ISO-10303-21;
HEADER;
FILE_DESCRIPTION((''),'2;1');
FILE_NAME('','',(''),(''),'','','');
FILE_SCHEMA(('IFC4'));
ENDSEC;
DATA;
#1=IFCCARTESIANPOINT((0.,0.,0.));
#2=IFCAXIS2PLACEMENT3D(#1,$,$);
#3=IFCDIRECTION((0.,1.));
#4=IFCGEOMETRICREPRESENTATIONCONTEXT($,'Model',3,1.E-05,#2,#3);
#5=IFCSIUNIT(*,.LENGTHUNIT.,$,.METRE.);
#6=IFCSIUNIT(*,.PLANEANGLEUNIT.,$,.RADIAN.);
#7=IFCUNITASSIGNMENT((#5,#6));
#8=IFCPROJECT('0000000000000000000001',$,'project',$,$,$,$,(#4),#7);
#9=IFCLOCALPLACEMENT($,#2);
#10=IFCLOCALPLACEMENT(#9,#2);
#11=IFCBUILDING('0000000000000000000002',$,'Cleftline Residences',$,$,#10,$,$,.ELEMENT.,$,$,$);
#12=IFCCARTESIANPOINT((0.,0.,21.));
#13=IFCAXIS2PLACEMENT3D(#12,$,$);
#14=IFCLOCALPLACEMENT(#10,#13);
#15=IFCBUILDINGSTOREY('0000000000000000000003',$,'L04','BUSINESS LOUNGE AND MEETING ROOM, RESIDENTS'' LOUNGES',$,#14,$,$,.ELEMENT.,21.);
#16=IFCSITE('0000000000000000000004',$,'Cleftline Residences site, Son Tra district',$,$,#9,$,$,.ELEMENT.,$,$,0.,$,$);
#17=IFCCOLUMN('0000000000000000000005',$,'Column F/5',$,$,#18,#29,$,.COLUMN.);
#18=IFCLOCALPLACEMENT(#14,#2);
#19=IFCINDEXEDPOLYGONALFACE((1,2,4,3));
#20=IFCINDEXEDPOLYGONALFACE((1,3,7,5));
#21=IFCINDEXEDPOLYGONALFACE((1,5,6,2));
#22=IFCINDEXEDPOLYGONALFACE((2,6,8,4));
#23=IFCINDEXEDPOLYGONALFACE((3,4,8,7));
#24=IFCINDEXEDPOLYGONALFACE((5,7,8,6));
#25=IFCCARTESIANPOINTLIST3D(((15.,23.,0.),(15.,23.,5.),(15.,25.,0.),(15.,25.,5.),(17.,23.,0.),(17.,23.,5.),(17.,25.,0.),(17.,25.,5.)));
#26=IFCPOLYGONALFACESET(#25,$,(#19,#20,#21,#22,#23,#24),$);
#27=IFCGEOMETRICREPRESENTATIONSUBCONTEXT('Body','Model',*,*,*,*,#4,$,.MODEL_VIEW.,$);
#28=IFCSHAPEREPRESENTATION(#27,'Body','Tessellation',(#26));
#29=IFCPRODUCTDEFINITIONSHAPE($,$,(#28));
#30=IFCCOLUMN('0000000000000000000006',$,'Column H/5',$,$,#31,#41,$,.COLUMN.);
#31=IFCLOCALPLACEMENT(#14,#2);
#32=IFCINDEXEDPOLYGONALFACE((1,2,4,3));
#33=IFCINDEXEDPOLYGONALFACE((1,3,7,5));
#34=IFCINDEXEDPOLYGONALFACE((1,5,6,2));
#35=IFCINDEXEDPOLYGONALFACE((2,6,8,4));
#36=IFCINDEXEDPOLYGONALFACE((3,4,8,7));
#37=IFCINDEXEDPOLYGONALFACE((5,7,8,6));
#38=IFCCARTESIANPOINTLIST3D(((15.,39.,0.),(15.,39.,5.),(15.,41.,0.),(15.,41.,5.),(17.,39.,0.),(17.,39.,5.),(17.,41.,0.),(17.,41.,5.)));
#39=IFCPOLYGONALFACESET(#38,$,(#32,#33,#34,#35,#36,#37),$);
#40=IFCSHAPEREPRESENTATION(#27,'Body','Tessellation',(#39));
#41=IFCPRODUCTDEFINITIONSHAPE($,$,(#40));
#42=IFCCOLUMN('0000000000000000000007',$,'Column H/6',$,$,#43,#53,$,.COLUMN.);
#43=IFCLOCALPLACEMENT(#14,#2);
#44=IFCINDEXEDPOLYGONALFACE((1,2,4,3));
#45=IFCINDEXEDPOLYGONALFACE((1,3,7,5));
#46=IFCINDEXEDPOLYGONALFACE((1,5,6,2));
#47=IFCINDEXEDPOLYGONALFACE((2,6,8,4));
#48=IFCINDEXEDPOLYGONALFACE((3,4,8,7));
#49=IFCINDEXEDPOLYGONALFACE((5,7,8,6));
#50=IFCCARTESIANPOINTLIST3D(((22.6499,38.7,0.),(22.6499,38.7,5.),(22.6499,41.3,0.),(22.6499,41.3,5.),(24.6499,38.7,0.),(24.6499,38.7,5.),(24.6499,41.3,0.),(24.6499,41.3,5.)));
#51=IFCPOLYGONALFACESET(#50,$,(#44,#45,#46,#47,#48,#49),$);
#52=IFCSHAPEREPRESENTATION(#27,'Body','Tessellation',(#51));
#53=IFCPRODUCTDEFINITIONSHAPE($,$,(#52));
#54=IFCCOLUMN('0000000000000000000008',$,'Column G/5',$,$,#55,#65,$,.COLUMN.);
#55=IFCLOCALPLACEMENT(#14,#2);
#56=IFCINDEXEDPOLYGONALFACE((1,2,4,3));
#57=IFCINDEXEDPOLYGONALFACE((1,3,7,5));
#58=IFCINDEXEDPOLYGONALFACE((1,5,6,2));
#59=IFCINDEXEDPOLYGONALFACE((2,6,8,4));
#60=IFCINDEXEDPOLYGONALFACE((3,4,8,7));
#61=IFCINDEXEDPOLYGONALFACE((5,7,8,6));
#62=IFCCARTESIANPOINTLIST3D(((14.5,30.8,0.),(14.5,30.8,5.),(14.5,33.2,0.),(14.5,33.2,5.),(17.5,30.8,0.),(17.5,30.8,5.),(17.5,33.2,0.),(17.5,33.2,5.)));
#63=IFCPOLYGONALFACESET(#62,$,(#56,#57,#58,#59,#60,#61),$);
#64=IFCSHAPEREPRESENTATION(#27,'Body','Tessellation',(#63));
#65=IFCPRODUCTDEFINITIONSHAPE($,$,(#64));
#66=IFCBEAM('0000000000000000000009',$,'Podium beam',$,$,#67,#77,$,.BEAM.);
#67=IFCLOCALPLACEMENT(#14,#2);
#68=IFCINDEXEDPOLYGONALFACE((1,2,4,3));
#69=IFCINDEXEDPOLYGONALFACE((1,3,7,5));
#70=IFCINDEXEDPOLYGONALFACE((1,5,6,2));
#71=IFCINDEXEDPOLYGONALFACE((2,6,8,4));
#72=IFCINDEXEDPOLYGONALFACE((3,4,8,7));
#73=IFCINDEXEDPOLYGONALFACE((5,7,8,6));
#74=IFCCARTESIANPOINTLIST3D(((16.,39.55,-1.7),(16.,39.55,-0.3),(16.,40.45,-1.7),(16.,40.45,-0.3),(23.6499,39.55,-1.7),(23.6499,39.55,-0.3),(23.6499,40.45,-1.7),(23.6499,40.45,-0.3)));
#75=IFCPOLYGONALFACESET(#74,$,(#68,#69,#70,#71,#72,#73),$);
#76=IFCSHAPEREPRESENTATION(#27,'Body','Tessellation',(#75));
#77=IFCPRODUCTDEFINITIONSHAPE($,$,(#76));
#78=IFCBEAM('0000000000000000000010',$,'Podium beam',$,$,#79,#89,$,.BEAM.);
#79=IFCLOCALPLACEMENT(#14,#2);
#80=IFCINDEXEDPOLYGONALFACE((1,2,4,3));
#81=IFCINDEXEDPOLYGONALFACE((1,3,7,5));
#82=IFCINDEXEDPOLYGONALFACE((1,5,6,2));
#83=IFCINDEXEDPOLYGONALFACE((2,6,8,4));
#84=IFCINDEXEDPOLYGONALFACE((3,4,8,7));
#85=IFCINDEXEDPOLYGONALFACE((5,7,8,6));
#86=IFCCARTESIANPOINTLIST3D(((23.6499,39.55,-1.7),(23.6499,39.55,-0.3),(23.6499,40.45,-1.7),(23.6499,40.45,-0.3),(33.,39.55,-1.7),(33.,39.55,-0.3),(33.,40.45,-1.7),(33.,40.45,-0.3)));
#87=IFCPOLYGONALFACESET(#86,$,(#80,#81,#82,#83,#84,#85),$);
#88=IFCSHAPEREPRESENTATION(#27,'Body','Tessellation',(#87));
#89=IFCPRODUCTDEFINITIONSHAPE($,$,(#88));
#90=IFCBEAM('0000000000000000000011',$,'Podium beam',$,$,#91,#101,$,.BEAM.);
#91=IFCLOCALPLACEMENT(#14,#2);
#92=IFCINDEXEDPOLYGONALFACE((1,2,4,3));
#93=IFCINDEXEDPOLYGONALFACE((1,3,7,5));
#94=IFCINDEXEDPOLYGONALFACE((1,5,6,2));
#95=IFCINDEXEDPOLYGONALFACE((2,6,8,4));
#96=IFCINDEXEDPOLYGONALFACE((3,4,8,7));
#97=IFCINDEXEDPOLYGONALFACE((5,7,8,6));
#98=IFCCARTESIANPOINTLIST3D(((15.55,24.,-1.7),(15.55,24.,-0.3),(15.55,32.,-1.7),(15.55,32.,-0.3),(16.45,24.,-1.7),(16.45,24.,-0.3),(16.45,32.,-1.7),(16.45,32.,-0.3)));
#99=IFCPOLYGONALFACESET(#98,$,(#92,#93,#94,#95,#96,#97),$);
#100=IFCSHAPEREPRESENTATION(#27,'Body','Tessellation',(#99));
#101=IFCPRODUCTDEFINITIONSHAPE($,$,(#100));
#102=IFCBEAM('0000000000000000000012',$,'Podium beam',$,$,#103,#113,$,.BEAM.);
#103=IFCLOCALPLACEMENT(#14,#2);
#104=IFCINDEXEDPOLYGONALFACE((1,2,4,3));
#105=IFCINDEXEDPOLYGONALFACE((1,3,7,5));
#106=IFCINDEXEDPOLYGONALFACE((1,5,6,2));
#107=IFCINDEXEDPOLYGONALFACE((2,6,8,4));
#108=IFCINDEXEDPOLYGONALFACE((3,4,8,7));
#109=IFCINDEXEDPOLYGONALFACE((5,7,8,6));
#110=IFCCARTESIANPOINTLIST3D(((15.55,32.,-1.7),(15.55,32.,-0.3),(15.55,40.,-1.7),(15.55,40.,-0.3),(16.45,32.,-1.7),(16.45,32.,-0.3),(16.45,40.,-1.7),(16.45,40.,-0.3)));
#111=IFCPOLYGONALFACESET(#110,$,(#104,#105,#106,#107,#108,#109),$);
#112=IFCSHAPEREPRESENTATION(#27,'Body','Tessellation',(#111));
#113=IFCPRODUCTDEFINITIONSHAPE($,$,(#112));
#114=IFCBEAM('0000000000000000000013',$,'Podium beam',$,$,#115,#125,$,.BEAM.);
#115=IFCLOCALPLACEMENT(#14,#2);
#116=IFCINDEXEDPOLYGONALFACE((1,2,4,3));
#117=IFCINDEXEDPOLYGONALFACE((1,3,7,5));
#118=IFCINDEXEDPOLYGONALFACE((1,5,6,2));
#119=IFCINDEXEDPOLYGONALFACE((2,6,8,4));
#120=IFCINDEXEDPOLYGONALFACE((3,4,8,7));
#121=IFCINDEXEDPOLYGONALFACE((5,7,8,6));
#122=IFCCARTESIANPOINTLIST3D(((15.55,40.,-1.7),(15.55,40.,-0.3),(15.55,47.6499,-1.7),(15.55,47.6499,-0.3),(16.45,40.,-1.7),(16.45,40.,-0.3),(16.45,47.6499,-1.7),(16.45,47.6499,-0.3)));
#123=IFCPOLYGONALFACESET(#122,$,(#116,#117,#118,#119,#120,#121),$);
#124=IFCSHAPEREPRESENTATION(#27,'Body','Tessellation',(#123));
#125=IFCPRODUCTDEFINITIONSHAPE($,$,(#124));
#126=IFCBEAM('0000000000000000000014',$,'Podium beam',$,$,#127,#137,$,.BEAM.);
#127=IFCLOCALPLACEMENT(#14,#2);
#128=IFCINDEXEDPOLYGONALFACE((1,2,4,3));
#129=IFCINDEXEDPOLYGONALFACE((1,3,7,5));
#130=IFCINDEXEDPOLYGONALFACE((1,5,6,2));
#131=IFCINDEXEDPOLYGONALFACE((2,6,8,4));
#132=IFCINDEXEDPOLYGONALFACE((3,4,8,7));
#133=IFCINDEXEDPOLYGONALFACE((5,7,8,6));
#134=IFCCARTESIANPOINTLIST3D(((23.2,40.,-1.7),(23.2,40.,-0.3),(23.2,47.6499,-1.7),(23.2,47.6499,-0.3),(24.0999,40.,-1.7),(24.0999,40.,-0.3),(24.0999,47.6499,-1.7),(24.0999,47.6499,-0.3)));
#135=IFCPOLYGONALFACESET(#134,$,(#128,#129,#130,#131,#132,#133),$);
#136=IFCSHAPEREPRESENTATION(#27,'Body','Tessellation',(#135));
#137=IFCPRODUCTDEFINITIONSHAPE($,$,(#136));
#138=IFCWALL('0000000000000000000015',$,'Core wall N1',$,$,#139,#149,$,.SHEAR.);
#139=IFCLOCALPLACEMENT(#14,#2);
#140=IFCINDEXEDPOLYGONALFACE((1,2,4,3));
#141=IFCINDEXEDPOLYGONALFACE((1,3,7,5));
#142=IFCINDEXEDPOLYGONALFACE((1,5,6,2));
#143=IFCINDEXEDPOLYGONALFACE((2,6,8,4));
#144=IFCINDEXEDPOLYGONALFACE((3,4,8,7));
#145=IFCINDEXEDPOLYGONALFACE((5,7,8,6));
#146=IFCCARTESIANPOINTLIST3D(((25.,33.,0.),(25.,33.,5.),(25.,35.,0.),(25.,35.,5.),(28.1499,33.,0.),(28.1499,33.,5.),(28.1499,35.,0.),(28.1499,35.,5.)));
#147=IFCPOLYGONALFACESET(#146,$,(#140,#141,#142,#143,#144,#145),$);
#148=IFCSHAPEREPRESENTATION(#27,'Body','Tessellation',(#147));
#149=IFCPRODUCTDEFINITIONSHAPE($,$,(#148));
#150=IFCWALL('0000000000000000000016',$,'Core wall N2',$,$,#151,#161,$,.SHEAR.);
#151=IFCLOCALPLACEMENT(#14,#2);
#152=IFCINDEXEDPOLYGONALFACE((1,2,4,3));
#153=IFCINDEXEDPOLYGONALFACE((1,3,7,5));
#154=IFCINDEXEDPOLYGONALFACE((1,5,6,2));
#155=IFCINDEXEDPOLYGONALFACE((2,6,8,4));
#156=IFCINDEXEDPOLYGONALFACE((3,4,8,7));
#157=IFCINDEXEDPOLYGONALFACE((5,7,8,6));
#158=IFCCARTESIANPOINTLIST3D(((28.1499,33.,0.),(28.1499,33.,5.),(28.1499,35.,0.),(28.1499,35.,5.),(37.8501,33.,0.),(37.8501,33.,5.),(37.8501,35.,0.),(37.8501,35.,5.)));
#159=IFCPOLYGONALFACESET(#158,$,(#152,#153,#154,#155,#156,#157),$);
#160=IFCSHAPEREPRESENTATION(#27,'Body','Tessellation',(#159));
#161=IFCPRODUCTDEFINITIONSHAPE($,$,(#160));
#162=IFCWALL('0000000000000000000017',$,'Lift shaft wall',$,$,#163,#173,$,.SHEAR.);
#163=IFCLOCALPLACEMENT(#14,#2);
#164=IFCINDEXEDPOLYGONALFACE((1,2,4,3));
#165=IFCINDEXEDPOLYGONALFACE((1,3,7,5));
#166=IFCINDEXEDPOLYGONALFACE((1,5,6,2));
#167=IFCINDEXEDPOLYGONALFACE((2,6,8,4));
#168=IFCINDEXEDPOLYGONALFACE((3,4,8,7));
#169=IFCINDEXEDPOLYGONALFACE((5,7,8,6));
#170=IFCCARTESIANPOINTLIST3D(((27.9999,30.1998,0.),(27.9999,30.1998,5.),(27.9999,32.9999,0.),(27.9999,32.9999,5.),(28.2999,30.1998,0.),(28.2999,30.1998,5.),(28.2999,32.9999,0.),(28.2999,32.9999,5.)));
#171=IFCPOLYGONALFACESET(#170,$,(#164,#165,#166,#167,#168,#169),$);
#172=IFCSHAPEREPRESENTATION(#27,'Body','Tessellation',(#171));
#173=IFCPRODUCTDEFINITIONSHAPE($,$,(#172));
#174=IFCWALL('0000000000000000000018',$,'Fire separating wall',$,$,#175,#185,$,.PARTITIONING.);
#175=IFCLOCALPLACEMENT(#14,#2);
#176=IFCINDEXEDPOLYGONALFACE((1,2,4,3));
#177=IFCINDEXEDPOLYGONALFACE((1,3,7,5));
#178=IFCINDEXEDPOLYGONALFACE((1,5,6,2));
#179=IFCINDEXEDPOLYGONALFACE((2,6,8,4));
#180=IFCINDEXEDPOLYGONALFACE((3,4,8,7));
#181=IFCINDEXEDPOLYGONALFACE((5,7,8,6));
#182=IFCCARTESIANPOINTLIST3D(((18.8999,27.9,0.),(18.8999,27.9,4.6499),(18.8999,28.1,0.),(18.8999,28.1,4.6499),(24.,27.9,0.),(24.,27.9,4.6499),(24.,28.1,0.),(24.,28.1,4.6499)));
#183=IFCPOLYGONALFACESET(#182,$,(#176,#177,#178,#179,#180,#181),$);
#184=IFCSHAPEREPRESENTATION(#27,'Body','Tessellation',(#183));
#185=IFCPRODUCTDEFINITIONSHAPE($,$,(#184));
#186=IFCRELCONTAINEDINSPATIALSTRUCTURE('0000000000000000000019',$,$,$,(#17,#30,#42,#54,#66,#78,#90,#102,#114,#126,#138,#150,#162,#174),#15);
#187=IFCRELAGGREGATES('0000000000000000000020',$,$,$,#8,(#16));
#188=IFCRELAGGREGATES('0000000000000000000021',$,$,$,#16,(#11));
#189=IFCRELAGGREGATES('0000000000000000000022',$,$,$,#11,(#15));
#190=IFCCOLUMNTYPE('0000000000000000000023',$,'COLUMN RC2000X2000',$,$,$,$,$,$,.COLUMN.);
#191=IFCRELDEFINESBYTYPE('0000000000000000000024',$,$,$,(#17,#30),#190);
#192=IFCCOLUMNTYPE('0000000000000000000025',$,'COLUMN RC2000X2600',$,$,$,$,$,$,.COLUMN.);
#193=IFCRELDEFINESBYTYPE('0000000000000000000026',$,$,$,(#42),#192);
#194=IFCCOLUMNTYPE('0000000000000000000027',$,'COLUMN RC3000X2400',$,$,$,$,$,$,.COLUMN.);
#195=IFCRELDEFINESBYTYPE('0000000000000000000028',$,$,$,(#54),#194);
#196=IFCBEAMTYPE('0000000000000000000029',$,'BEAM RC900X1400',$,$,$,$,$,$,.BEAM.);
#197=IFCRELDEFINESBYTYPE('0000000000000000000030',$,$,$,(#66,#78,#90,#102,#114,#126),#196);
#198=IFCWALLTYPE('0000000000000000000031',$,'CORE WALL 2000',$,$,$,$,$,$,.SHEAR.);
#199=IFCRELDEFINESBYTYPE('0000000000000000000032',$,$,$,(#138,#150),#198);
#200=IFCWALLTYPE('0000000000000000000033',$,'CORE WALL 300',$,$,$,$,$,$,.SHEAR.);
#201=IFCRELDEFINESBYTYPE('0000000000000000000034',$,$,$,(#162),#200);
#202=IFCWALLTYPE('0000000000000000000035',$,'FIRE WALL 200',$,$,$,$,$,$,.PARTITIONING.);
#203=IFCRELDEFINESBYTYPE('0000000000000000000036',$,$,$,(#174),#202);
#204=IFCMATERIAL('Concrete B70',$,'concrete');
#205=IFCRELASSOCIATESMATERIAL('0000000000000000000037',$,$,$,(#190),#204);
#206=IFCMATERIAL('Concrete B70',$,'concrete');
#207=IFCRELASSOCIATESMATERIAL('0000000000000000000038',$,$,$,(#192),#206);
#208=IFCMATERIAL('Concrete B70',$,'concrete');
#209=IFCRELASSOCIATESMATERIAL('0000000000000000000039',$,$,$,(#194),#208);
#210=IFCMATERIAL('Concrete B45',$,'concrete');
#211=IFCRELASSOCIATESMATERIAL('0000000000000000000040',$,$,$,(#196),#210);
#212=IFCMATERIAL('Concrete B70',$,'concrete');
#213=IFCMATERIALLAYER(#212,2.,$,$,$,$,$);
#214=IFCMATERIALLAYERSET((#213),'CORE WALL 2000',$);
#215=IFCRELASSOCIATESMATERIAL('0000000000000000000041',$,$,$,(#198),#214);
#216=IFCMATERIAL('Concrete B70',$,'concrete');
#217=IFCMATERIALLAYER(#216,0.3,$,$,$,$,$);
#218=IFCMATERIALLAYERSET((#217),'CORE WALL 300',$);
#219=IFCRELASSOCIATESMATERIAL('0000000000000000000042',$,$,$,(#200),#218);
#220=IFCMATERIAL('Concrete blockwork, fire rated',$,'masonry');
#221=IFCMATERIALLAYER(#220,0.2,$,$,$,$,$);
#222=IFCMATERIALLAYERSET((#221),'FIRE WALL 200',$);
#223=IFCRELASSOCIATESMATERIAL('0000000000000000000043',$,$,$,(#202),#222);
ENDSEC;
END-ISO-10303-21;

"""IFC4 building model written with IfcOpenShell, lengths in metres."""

from ifc_helpers import new_model, si_unit, direction, frame, frame_2d, origin, origin_2d, place, context, subcontext, project, spatial, rectangle, extrude, material, layer, layer_set, material_profile, profile_set, type_object, element, save


model = new_model("IFC4")

# Units and contexts
model_context = context("Model", 3, precision=1e-05, world=origin(), true_north=direction((0.0, 1.0)))
body_context = subcontext(model_context, "Body", "Model", "MODEL_VIEW")
ifc_project = project(units=[si_unit("LENGTHUNIT", "METRE"), si_unit("PLANEANGLEUNIT", "RADIAN")], contexts=[model_context])

# Site, building, storey
site_placement = place(None, origin())
site = spatial("IfcSite", under=ifc_project, at=site_placement, Name="Cleftline Residences site, Son Tra district", CompositionType="ELEMENT", RefElevation=0.0)
building_placement = place(site_placement, origin())
building = spatial("IfcBuilding", under=site, at=building_placement, Name="Cleftline Residences", CompositionType="ELEMENT")
storey_placement = place(building_placement, frame((0.0, 0.0, 21.0)))
storey = spatial("IfcBuildingStorey", under=building, at=storey_placement, Name="L04", Description="BUSINESS LOUNGE AND MEETING ROOM, RESIDENTS' LOUNGES", CompositionType="ELEMENT", Elevation=21.0)

# Columns
ifc_material_1 = material(Name="Concrete B70", Category="concrete")
ifc_material_profile_1 = material_profile(ifc_material_1, rectangle(XDim=2.0, YDim=2.0, at=origin_2d()))
ifc_profile_set_1 = profile_set([ifc_material_profile_1], Name="Concrete B70")
column_type_1 = type_object("IfcColumnType", Name="COLUMN RC2000X2000", PredefinedType="COLUMN", material=ifc_profile_set_1)
for number, where, z_axis, x_axis, name in (
    (1, (16.0, 24.0, 0.0), (0.0, 0.0, 1.0), (1.0, 0.0, 0.0), "Column F/5"),
    (2, (16.0, 40.0, 0.0), (0.0, 0.0, 1.0), (1.0, 0.0, 0.0), "Column H/5"),
):
    element("IfcColumn", number, at=place(storey_placement, frame(where, z_axis=z_axis, x_axis=x_axis)), inside=storey, type_object=column_type_1, Name=name, PredefinedType="COLUMN", context=body_context, shape_type="SweptSolid", body=[
        extrude(rectangle(XDim=2.0, YDim=2.0, at=origin_2d()), origin(), (0.0, 0.0, 1.0), 5.0),
    ])
ifc_material_2 = material(Name="Concrete B70", Category="concrete")
ifc_material_profile_2 = material_profile(ifc_material_2, rectangle(XDim=2.0, YDim=2.6001, at=origin_2d()))
ifc_profile_set_2 = profile_set([ifc_material_profile_2], Name="Concrete B70")
column_type_2 = type_object("IfcColumnType", Name="COLUMN RC2000X2600", PredefinedType="COLUMN", material=ifc_profile_set_2)
column_1_placement = place(storey_placement, frame((23.6499, 40.0, 0.0), z_axis=(0.0, 0.0, 1.0), x_axis=(1.0, 0.0, 0.0)))
element("IfcColumn", 3, at=column_1_placement, inside=storey, type_object=column_type_2, Name="Column H/6", PredefinedType="COLUMN", context=body_context, shape_type="SweptSolid", body=[
    extrude(rectangle(XDim=2.0, YDim=2.6001, at=origin_2d()), origin(), (0.0, 0.0, 1.0), 5.0),
])
ifc_material_3 = material(Name="Concrete B70", Category="concrete")
ifc_material_profile_3 = material_profile(ifc_material_3, rectangle(XDim=3.0, YDim=2.3999, at=origin_2d()))
ifc_profile_set_3 = profile_set([ifc_material_profile_3], Name="Concrete B70")
column_type_3 = type_object("IfcColumnType", Name="COLUMN RC3000X2400", PredefinedType="COLUMN", material=ifc_profile_set_3)
column_2_placement = place(storey_placement, frame((16.0, 32.0, 0.0), z_axis=(0.0, 0.0, 1.0), x_axis=(1.0, 0.0, 0.0)))
element("IfcColumn", 4, at=column_2_placement, inside=storey, type_object=column_type_3, Name="Column G/5", PredefinedType="COLUMN", context=body_context, shape_type="SweptSolid", body=[
    extrude(rectangle(XDim=3.0, YDim=2.3999, at=origin_2d()), origin(), (0.0, 0.0, 1.0), 5.0),
])

# Beams
ifc_material_4 = material(Name="Concrete B45", Category="concrete")
ifc_material_profile_4 = material_profile(ifc_material_4, rectangle(XDim=0.8999, YDim=1.3999, at=origin_2d()))
ifc_profile_set_4 = profile_set([ifc_material_profile_4], Name="Concrete B45")
beam_type = type_object("IfcBeamType", Name="BEAM RC900X1400", PredefinedType="BEAM", material=ifc_profile_set_4)
beam_1_placement = place(storey_placement, frame((16.0, 40.0, -1.0), z_axis=(1.0, 0.0, 0.0), x_axis=(0.0, 1.0, 0.0)))
element("IfcBeam", 5, at=beam_1_placement, inside=storey, type_object=beam_type, Name="Podium beam", PredefinedType="BEAM", context=body_context, shape_type="SweptSolid", body=[
    extrude(rectangle(XDim=0.8999, YDim=1.3999, at=origin_2d()), origin(), (0.0, 0.0, 1.0), 7.6499),
])
beam_2_placement = place(storey_placement, frame((23.6499, 40.0, -1.0), z_axis=(1.0, 0.0, 0.0), x_axis=(0.0, 1.0, 0.0)))
element("IfcBeam", 6, at=beam_2_placement, inside=storey, type_object=beam_type, Name="Podium beam", PredefinedType="BEAM", context=body_context, shape_type="SweptSolid", body=[
    extrude(rectangle(XDim=0.8999, YDim=1.3999, at=origin_2d()), origin(), (0.0, 0.0, 1.0), 9.3501),
])
for number, where, z_axis, x_axis, name in (
    (7, (16.0, 24.0, -1.0), (0.0, 1.0, 0.0), (-1.0, 0.0, 0.0), "Podium beam"),
    (8, (16.0, 32.0, -1.0), (0.0, 1.0, 0.0), (-1.0, 0.0, 0.0), "Podium beam"),
):
    element("IfcBeam", number, at=place(storey_placement, frame(where, z_axis=z_axis, x_axis=x_axis)), inside=storey, type_object=beam_type, Name=name, PredefinedType="BEAM", context=body_context, shape_type="SweptSolid", body=[
        extrude(rectangle(XDim=0.8999, YDim=1.3999, at=origin_2d()), origin(), (0.0, 0.0, 1.0), 8.0),
    ])
for number, where, z_axis, x_axis, name in (
    (9, (16.0, 40.0, -1.0), (0.0, 1.0, 0.0), (-1.0, 0.0, 0.0), "Podium beam"),
    (10, (23.6499, 40.0, -1.0), (0.0, 1.0, 0.0), (-1.0, 0.0, 0.0), "Podium beam"),
):
    element("IfcBeam", number, at=place(storey_placement, frame(where, z_axis=z_axis, x_axis=x_axis)), inside=storey, type_object=beam_type, Name=name, PredefinedType="BEAM", context=body_context, shape_type="SweptSolid", body=[
        extrude(rectangle(XDim=0.8999, YDim=1.3999, at=origin_2d()), origin(), (0.0, 0.0, 1.0), 7.6499),
    ])

# Walls
ifc_material_5 = material(Name="Concrete B70", Category="concrete")
ifc_layer_1 = layer(ifc_material_5, 2.0)
ifc_layer_set_1 = layer_set([ifc_layer_1], Name="CORE WALL 2000")
wall_type_1 = type_object("IfcWallType", Name="CORE WALL 2000", PredefinedType="SHEAR", material=ifc_layer_set_1)
wall_1_placement = place(storey_placement, frame((25.0, 34.0, 0.0), z_axis=(0.0, 0.0, 1.0), x_axis=(1.0, 0.0, 0.0)))
element("IfcWall", 11, at=wall_1_placement, inside=storey, type_object=wall_type_1, Name="Core wall N1", PredefinedType="SHEAR", context=body_context, shape_type="SweptSolid", body=[
    extrude(rectangle(XDim=3.1499, YDim=2.0, at=frame_2d((1.575, 0.0))), origin(), (0.0, 0.0, 1.0), 5.0),
])
wall_2_placement = place(storey_placement, frame((28.1499, 34.0, 0.0), z_axis=(0.0, 0.0, 1.0), x_axis=(1.0, 0.0, 0.0)))
element("IfcWall", 12, at=wall_2_placement, inside=storey, type_object=wall_type_1, Name="Core wall N2", PredefinedType="SHEAR", context=body_context, shape_type="SweptSolid", body=[
    extrude(rectangle(XDim=9.7002, YDim=2.0, at=frame_2d((4.8501, 0.0))), origin(), (0.0, 0.0, 1.0), 5.0),
])
ifc_material_6 = material(Name="Concrete B70", Category="concrete")
ifc_layer_2 = layer(ifc_material_6, 0.3)
ifc_layer_set_2 = layer_set([ifc_layer_2], Name="CORE WALL 300")
wall_type_2 = type_object("IfcWallType", Name="CORE WALL 300", PredefinedType="SHEAR", material=ifc_layer_set_2)
wall_3_placement = place(storey_placement, frame((28.1499, 30.2, 0.0), z_axis=(0.0, 0.0, 1.0), x_axis=(0.0, 1.0, 0.0)))
element("IfcWall", 13, at=wall_3_placement, inside=storey, type_object=wall_type_2, Name="Lift shaft wall", PredefinedType="SHEAR", context=body_context, shape_type="SweptSolid", body=[
    extrude(rectangle(XDim=2.8, YDim=0.3, at=frame_2d((1.3999, 0.0))), origin(), (0.0, 0.0, 1.0), 5.0),
])
ifc_material_7 = material(Name="Concrete blockwork, fire rated", Category="masonry")
ifc_layer_3 = layer(ifc_material_7, 0.2)
ifc_layer_set_3 = layer_set([ifc_layer_3], Name="FIRE WALL 200")
wall_type_3 = type_object("IfcWallType", Name="FIRE WALL 200", PredefinedType="PARTITIONING", material=ifc_layer_set_3)
for number, where, z_axis, x_axis, name in (
    (14, (18.8999, 28.0, 0.0), (0.0, 0.0, 1.0), (1.0, 0.0, 0.0), "Fire separating wall"),
):
    element("IfcWall", number, at=place(storey_placement, frame(where, z_axis=z_axis, x_axis=x_axis)), inside=storey, type_object=wall_type_3, Name=name, PredefinedType="PARTITIONING", context=body_context, shape_type="SweptSolid", body=[
        extrude(rectangle(XDim=5.1001, YDim=0.2, at=frame_2d((2.55, 0.0))), origin(), (0.0, 0.0, 1.0), 4.6499),
    ])

save(model, "model.ifc")
